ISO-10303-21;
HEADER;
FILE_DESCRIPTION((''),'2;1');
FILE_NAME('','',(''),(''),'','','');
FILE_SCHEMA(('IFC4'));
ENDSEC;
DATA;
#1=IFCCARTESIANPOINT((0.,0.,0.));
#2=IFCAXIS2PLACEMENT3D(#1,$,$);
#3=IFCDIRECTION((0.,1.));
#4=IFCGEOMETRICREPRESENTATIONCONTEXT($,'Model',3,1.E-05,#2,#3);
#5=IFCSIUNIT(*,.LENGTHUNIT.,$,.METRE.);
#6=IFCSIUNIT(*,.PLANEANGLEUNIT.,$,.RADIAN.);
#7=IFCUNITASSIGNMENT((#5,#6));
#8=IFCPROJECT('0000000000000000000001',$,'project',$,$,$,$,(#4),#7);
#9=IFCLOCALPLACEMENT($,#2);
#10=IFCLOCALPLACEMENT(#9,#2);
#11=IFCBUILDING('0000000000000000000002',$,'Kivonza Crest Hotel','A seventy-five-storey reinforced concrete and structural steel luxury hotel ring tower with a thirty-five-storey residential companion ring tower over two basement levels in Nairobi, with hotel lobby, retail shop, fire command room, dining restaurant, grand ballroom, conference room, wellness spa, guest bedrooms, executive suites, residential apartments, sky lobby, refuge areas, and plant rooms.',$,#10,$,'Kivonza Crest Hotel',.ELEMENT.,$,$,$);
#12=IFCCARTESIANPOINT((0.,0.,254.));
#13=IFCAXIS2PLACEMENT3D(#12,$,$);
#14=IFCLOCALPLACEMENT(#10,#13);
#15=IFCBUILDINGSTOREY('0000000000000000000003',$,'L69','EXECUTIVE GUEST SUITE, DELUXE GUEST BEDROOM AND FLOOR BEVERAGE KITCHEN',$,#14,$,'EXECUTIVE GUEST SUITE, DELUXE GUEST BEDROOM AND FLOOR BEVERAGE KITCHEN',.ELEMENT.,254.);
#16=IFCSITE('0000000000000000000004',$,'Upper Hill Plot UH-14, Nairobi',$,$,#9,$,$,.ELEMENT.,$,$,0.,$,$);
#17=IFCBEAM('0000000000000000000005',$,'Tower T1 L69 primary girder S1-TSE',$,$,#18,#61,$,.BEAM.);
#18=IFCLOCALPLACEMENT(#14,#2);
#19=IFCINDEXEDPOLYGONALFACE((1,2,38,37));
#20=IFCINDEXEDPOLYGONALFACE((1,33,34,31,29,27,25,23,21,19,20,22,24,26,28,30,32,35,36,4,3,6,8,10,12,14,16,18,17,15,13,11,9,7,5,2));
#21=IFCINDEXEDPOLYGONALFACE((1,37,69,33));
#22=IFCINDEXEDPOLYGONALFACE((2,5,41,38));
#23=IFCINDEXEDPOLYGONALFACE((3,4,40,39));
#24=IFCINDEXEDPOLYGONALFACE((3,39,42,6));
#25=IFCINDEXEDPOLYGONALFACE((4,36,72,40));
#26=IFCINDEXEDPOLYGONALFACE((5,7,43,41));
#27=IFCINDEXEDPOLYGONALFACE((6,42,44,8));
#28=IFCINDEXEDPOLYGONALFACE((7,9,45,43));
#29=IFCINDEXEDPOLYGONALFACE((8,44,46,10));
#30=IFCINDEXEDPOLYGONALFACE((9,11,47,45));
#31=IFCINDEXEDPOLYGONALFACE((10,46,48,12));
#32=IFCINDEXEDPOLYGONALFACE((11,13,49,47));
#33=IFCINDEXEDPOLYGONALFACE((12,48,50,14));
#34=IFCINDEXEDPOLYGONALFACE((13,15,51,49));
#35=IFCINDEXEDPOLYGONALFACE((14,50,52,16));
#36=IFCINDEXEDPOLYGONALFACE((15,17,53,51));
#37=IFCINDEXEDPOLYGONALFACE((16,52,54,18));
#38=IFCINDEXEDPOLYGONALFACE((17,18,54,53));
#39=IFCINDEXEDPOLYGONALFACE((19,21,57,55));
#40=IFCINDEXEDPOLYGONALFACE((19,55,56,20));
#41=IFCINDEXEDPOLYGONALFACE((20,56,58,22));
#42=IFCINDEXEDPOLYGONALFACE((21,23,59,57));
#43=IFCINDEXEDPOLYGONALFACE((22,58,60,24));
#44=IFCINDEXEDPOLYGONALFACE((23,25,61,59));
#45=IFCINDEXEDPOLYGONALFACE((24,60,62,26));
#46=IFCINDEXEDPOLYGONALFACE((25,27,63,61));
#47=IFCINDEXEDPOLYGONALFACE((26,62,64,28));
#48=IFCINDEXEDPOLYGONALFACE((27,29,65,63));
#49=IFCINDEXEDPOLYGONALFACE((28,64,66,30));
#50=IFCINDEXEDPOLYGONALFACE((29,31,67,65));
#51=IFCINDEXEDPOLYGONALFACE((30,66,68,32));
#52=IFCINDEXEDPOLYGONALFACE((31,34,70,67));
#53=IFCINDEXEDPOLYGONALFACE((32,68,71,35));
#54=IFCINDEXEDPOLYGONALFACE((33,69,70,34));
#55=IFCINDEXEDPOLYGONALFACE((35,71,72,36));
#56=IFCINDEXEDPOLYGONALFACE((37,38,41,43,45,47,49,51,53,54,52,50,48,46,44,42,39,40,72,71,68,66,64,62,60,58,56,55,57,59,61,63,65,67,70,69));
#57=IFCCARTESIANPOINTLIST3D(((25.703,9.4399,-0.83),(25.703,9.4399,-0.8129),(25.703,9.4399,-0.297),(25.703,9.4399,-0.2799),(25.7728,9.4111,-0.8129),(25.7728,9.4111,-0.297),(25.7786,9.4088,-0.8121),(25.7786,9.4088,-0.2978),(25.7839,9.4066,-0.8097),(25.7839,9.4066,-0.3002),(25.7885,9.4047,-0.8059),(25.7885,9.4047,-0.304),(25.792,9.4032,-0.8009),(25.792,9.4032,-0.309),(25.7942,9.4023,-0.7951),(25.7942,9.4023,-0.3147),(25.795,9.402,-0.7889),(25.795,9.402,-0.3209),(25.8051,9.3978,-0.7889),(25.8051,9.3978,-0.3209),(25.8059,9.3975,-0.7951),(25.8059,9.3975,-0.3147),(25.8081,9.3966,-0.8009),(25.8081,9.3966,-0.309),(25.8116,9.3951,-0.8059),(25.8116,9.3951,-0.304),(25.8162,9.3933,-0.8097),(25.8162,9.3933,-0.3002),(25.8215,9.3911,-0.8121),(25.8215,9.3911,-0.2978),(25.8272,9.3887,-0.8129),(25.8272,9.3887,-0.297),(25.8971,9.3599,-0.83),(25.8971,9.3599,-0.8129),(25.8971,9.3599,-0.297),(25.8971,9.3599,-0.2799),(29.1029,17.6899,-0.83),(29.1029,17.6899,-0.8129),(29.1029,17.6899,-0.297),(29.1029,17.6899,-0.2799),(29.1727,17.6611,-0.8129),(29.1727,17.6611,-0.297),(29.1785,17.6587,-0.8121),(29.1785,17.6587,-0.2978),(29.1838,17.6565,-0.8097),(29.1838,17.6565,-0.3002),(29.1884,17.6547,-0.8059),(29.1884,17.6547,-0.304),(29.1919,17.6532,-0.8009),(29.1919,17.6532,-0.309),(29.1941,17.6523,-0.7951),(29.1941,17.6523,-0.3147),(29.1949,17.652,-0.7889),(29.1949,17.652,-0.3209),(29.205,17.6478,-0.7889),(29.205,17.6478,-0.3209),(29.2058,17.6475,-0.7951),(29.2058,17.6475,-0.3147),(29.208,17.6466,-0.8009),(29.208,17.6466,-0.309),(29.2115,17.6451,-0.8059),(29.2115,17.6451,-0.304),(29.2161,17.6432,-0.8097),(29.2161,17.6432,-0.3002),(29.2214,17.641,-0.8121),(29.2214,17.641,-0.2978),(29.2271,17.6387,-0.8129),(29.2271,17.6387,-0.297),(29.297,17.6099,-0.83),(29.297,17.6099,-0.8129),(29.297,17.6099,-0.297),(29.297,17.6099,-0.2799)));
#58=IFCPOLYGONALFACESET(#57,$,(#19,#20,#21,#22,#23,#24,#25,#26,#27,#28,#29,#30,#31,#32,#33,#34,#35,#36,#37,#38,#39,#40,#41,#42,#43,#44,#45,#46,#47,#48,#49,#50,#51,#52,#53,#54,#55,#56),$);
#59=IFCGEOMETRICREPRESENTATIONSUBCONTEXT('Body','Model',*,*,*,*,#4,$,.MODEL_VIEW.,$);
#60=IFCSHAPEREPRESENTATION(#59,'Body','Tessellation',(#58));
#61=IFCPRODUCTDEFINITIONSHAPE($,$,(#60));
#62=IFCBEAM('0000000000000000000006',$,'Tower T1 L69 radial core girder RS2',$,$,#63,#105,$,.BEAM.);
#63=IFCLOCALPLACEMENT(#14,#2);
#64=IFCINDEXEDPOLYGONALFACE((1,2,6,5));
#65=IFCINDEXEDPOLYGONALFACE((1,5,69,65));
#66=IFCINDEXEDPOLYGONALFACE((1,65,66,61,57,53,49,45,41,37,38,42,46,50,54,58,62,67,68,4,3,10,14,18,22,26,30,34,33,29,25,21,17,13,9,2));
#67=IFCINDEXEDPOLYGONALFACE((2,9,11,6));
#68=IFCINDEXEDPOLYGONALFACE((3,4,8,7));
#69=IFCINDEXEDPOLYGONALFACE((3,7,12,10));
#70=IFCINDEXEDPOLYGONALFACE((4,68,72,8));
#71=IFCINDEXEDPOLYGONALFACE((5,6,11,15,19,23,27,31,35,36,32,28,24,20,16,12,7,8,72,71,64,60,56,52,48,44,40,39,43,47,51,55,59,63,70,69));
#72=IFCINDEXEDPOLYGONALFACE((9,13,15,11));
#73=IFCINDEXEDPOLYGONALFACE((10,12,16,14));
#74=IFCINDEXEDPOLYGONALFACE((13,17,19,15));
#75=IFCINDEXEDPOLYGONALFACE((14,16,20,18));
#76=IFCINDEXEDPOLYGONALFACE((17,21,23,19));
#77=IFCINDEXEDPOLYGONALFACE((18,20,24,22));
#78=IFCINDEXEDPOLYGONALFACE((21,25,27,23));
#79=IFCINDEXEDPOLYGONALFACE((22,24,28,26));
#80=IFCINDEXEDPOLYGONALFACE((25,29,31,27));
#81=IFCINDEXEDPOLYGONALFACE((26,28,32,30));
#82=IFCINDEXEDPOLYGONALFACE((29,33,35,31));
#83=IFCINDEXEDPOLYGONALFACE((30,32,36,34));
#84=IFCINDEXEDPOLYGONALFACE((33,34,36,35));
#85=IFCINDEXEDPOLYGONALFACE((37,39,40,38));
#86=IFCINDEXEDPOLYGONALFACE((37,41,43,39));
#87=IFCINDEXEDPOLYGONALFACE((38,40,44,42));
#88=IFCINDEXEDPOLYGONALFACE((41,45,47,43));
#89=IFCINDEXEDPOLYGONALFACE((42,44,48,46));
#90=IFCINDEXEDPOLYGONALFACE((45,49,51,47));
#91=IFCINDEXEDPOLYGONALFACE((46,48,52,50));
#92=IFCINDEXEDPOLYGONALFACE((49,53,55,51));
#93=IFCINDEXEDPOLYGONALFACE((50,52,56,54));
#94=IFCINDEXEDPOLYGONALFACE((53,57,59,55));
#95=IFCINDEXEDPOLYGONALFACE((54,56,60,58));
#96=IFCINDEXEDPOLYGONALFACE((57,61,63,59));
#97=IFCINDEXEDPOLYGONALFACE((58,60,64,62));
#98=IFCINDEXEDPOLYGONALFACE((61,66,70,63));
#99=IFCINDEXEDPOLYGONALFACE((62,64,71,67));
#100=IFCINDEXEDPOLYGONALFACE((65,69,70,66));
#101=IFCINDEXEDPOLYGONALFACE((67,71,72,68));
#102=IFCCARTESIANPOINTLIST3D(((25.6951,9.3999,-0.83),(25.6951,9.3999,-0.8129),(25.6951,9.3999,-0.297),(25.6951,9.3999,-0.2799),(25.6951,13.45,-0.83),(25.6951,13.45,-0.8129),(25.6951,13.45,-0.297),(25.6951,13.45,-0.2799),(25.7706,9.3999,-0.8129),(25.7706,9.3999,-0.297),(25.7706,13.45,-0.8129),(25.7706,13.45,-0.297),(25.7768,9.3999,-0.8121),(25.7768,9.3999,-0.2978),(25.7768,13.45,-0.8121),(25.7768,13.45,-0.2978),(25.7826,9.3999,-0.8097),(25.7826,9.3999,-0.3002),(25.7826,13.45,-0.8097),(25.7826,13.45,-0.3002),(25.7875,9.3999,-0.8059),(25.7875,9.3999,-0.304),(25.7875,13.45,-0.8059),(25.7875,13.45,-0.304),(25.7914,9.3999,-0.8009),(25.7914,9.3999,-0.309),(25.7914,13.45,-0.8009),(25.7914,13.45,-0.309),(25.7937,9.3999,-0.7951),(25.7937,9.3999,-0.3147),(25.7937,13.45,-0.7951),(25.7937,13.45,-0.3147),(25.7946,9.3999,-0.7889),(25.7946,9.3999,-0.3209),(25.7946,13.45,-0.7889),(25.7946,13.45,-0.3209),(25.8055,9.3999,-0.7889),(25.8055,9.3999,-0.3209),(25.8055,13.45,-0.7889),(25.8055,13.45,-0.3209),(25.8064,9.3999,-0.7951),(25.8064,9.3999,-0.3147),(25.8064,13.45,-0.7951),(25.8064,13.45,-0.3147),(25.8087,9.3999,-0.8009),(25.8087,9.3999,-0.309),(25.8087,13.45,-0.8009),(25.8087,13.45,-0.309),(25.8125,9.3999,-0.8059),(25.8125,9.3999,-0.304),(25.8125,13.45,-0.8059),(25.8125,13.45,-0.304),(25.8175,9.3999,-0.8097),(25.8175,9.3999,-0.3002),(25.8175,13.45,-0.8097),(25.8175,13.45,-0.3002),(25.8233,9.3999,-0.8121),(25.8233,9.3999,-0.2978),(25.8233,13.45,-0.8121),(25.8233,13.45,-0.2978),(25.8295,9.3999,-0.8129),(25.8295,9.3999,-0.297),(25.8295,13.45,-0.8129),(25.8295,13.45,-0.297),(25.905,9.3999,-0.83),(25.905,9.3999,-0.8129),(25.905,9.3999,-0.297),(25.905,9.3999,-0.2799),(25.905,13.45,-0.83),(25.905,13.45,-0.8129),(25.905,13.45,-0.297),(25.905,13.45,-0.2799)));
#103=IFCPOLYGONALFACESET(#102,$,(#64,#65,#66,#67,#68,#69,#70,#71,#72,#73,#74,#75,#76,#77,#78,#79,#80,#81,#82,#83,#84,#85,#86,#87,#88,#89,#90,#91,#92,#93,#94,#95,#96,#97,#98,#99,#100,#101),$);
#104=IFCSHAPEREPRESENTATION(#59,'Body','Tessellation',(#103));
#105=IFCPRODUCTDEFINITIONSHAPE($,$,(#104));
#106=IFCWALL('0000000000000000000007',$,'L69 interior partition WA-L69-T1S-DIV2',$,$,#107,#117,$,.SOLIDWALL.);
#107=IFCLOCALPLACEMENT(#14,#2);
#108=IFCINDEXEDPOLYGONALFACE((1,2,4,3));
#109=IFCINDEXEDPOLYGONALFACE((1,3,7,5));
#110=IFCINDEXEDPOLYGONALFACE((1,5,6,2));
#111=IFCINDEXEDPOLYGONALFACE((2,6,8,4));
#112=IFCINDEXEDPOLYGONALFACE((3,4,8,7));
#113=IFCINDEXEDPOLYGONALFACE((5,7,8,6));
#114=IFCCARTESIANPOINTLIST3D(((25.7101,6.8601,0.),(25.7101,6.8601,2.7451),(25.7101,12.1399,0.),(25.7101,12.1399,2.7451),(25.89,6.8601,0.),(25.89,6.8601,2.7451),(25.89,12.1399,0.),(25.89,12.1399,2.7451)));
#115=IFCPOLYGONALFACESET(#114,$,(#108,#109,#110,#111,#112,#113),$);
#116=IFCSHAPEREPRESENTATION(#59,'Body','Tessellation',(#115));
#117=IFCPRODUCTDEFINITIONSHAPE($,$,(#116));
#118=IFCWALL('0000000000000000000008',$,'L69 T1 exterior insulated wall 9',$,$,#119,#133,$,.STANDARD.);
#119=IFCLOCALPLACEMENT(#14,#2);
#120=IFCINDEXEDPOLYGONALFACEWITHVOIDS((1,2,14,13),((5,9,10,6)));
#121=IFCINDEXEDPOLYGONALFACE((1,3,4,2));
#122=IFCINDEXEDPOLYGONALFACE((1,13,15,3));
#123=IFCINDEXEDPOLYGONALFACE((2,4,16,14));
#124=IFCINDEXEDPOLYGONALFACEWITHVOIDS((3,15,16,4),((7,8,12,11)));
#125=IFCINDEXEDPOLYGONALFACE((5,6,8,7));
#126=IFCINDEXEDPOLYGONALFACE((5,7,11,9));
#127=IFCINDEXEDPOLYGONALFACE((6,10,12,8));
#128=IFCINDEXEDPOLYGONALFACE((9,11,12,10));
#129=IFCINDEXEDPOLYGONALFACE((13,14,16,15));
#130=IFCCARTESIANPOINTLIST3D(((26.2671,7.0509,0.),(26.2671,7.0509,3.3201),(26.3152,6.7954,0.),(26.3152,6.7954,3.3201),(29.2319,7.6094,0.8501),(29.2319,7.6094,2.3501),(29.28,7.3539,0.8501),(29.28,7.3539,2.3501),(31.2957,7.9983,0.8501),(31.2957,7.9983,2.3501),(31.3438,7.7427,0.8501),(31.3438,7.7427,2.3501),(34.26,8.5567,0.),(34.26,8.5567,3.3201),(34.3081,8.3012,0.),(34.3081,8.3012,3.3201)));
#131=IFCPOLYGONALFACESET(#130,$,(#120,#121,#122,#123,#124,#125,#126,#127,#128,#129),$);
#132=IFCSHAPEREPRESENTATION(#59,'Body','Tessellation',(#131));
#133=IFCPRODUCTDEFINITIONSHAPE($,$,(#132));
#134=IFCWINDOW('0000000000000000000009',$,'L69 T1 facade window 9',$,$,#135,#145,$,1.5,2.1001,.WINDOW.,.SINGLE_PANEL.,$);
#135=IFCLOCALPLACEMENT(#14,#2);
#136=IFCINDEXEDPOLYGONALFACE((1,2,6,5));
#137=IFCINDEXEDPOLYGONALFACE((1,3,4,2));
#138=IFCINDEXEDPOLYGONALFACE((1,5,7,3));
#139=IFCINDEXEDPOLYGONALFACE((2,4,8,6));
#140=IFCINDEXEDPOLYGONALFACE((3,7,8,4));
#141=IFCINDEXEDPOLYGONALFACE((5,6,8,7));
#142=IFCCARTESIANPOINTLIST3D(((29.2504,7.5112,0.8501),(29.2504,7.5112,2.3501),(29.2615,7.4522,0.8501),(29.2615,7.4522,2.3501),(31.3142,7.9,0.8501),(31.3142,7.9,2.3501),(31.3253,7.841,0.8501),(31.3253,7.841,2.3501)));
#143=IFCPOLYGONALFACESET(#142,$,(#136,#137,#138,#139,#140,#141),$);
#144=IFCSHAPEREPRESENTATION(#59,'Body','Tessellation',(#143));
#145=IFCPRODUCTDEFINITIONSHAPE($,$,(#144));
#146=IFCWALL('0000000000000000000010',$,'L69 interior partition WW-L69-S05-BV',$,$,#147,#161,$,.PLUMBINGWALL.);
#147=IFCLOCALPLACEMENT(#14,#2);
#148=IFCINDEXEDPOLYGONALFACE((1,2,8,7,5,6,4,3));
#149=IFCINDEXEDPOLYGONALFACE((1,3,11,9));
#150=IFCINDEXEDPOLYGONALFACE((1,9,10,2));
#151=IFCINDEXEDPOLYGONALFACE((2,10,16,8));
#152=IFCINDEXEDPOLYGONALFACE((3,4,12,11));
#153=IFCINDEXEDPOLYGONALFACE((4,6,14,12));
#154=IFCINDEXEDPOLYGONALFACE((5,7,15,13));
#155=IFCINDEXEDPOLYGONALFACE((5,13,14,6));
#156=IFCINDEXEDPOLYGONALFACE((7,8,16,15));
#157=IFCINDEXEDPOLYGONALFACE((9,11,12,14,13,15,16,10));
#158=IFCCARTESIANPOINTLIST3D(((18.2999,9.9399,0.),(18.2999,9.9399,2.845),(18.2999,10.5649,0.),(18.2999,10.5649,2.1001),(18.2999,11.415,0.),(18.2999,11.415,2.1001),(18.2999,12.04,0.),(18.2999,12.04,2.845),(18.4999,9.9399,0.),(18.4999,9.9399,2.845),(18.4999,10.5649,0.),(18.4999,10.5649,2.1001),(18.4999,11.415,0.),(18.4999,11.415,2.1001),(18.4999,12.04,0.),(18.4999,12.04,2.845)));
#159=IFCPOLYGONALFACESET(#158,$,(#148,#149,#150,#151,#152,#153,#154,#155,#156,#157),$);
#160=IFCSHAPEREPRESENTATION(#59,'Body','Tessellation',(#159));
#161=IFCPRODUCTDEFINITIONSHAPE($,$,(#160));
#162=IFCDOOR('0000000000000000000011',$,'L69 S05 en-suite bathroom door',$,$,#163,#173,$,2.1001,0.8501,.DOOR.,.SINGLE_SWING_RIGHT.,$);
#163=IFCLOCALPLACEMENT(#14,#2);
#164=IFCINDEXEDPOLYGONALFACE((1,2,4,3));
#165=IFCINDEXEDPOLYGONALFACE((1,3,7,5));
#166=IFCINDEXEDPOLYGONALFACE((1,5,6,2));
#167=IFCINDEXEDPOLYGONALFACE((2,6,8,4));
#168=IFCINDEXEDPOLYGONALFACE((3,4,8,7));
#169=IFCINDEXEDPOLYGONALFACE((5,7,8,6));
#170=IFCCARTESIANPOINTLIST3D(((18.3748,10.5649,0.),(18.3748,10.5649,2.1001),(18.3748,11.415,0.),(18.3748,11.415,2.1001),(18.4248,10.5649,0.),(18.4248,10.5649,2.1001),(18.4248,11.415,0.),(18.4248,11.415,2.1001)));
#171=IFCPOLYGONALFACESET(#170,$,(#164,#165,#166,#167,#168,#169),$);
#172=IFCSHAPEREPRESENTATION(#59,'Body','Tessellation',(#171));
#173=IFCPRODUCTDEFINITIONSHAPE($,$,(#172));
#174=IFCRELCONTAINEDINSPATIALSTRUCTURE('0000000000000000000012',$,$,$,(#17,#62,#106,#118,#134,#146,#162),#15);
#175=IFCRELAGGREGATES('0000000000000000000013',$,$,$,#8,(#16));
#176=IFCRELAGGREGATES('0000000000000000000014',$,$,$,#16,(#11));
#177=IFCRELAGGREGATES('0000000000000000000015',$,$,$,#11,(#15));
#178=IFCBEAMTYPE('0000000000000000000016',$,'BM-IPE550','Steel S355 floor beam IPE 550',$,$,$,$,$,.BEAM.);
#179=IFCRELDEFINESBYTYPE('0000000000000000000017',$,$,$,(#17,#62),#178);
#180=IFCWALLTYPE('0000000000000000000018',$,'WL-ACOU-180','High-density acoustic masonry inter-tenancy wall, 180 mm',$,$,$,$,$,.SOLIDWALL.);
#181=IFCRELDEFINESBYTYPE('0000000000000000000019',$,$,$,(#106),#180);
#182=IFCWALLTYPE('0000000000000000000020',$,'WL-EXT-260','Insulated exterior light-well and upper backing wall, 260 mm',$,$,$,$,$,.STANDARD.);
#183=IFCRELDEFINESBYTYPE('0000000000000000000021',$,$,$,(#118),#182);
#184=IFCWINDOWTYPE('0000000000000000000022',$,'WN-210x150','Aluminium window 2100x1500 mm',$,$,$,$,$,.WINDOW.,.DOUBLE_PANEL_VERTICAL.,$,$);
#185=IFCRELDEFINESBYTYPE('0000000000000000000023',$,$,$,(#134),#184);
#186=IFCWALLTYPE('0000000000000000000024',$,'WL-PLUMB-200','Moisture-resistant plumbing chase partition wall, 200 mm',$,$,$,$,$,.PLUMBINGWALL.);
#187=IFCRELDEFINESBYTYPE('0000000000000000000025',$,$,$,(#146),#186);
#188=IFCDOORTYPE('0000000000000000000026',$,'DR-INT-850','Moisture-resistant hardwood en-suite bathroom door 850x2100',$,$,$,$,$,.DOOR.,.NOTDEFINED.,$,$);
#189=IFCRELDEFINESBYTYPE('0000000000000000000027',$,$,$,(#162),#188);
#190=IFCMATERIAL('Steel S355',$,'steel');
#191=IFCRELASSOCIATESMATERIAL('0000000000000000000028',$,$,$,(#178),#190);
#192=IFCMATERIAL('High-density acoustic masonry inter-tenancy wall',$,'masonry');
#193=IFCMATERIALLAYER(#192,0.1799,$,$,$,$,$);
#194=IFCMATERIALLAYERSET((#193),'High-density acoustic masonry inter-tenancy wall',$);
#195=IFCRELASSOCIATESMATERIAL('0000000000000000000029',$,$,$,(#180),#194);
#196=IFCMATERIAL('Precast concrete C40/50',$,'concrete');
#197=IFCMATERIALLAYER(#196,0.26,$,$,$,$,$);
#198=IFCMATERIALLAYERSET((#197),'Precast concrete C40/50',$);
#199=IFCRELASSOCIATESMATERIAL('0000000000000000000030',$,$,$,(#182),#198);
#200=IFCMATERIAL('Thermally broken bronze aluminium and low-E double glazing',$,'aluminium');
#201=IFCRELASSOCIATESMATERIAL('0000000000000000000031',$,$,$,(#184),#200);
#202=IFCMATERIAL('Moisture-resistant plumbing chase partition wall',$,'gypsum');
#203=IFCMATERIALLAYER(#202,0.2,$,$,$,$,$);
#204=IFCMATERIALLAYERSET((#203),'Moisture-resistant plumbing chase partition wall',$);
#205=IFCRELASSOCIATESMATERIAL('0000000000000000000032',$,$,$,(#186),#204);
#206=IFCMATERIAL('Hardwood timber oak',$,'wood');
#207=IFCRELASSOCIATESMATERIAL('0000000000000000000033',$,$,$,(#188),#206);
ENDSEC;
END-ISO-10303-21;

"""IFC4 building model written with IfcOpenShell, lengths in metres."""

from ifc_helpers import new_model, si_unit, direction, frame, frame_2d, origin, origin_2d, place, context, subcontext, project, spatial, rectangle, i_section, extrude, material, layer, layer_set, material_profile, profile_set, type_object, element, fill, save


model = new_model("IFC4")

# Units and contexts
model_context = context("Model", 3, precision=1e-05, world=origin(), true_north=direction((0.0, 1.0)))
body_context = subcontext(model_context, "Body", "Model", "MODEL_VIEW")
ifc_project = project(units=[si_unit("LENGTHUNIT", "METRE"), si_unit("PLANEANGLEUNIT", "RADIAN")], contexts=[model_context])

# Site, building, storey
site_placement = place(None, origin())
site = spatial("IfcSite", under=ifc_project, at=site_placement, Name="Upper Hill Plot UH-14, Nairobi", CompositionType="ELEMENT", RefElevation=0.0)
building_placement = place(site_placement, origin())
building = spatial("IfcBuilding", under=site, at=building_placement, Name="Kivonza Crest Hotel", Description="A seventy-five-storey reinforced concrete and structural steel luxury hotel ring tower with a thirty-five-storey residential companion ring tower over two basement levels in Nairobi, with hotel lobby, retail shop, fire command room, dining restaurant, grand ballroom, conference room, wellness spa, guest bedrooms, executive suites, residential apartments, sky lobby, refuge areas, and plant rooms.", LongName="Kivonza Crest Hotel", CompositionType="ELEMENT")
storey_placement = place(building_placement, frame((0.0, 0.0, 254.0)))
storey = spatial("IfcBuildingStorey", under=building, at=storey_placement, Name="L69", Description="EXECUTIVE GUEST SUITE, DELUXE GUEST BEDROOM AND FLOOR BEVERAGE KITCHEN", LongName="EXECUTIVE GUEST SUITE, DELUXE GUEST BEDROOM AND FLOOR BEVERAGE KITCHEN", CompositionType="ELEMENT", Elevation=254.0)

# Beams
ifc_material_1 = material(Name="Steel S355", Category="steel")
ifc_material_profile_1 = material_profile(ifc_material_1, i_section(OverallWidth=0.21, OverallDepth=0.55, WebThickness=0.011, FlangeThickness=0.0171, FilletRadius=0.0239, at=origin_2d()), Name="IPE 550")
ifc_profile_set_1 = profile_set([ifc_material_profile_1], Name="Steel S355")
beam_type_1 = type_object("IfcBeamType", Name="BM-IPE550", Description="Steel S355 floor beam IPE 550", PredefinedType="BEAM", material=ifc_profile_set_1)
beam_1_placement = place(storey_placement, frame((25.8, 9.3999, -0.5549), z_axis=(0.381022, 0.924566, 0.0), x_axis=(-0.924566, 0.381022, 0.0)))
element("IfcBeam", 1, at=beam_1_placement, inside=storey, type_object=beam_type_1, Name="Tower T1 L69 primary girder S1-TSE", PredefinedType="BEAM", context=body_context, shape_type="SweptSolid", body=[
    extrude(i_section(OverallWidth=0.21, OverallDepth=0.55, WebThickness=0.011, FlangeThickness=0.0171, FilletRadius=0.0239, at=origin_2d()), origin(), (0.0, 0.0, 1.0), 8.9231),
])
beam_2_placement = place(storey_placement, frame((25.8, 9.3999, -0.5549), z_axis=(0.0, 1.0, 0.0), x_axis=(-1.0, 0.0, 0.0)))
element("IfcBeam", 2, at=beam_2_placement, inside=storey, type_object=beam_type_1, Name="Tower T1 L69 radial core girder RS2", PredefinedType="BEAM", context=body_context, shape_type="SweptSolid", body=[
    extrude(i_section(OverallWidth=0.21, OverallDepth=0.55, WebThickness=0.011, FlangeThickness=0.0171, FilletRadius=0.0239, at=origin_2d()), origin(), (0.0, 0.0, 1.0), 4.05),
])

# Wall
ifc_material_2 = material(Name="High-density acoustic masonry inter-tenancy wall", Category="masonry")
ifc_layer_1 = layer(ifc_material_2, 0.1799)
ifc_layer_set_1 = layer_set([ifc_layer_1], Name="High-density acoustic masonry inter-tenancy wall")
wall_type_1 = type_object("IfcWallType", Name="WL-ACOU-180", Description="High-density acoustic masonry inter-tenancy wall, 180 mm", PredefinedType="SOLIDWALL", material=ifc_layer_set_1)
wall_1_placement = place(storey_placement, frame((25.8, 6.8601, 0.0), z_axis=(0.0, 0.0, 1.0), x_axis=(0.0, 1.0, 0.0)))
element("IfcWall", 3, at=wall_1_placement, inside=storey, type_object=wall_type_1, Name="L69 interior partition WA-L69-T1S-DIV2", PredefinedType="SOLIDWALL", context=body_context, shape_type="SweptSolid", body=[
    extrude(rectangle(XDim=5.2798, YDim=0.1799, at=frame_2d((2.6399, 0.0))), origin(), (0.0, 0.0, 1.0), 2.7451),
])

# Wall, opening, window
ifc_material_3 = material(Name="Precast concrete C40/50", Category="concrete")
ifc_layer_2 = layer(ifc_material_3, 0.26)
ifc_layer_set_2 = layer_set([ifc_layer_2], Name="Precast concrete C40/50")
wall_type_2 = type_object("IfcWallType", Name="WL-EXT-260", Description="Insulated exterior light-well and upper backing wall, 260 mm", PredefinedType="STANDARD", material=ifc_layer_set_2)
wall_2_placement = place(storey_placement, frame((26.291, 6.9231, 0.0), z_axis=(0.0, 0.0, 1.0), x_axis=(0.982712, 0.185142, 0.0)))
wall_2 = element("IfcWall", 4, at=wall_2_placement, inside=storey, type_object=wall_type_2, Name="L69 T1 exterior insulated wall 9", PredefinedType="STANDARD", context=body_context, shape_type="SweptSolid", body=[
    extrude(rectangle(XDim=8.1335, YDim=0.26, at=frame_2d((4.0669, 0.0))), origin(), (0.0, 0.0, 1.0), 3.3201),
])
opening_1_placement = place(wall_2_placement, frame((3.0171, 0.0, 0.8501)))
opening_1 = element("IfcOpeningElement", 5, at=opening_1_placement, cuts=wall_2, PredefinedType="OPENING", context=body_context, shape_type="SweptSolid", body=[
    extrude(rectangle(XDim=2.1001, YDim=1.5, at=frame_2d((1.05, 0.75))), frame((0.0, 0.1401, 0.0), z_axis=(0.0, -1.0, 0.0), x_axis=(1.0, 0.0, 0.0)), (0.0, 0.0, 1.0), 0.28),
])
ifc_material_4 = material(Name="Thermally broken bronze aluminium and low-E double glazing", Category="aluminium")
window_type = type_object("IfcWindowType", Name="WN-210x150", Description="Aluminium window 2100x1500 mm", PartitioningType="DOUBLE_PANEL_VERTICAL", PredefinedType="WINDOW", material=ifc_material_4)
window_placement = place(opening_1_placement, origin())
window = element("IfcWindow", 6, at=window_placement, inside=storey, type_object=window_type, Name="L69 T1 facade window 9", OverallHeight=1.5, OverallWidth=2.1001, PartitioningType="SINGLE_PANEL", PredefinedType="WINDOW", context=body_context, shape_type="SweptSolid", body=[
    extrude(rectangle(XDim=2.1001, YDim=1.5, at=frame_2d((1.05, 0.75))), frame((0.0, 0.03, 0.0), z_axis=(0.0, -1.0, 0.0), x_axis=(1.0, 0.0, 0.0)), (0.0, 0.0, 1.0), 0.0601),
])
fill(opening_1, window)

# Wall, opening, door
ifc_material_5 = material(Name="Moisture-resistant plumbing chase partition wall", Category="gypsum")
ifc_layer_3 = layer(ifc_material_5, 0.2)
ifc_layer_set_3 = layer_set([ifc_layer_3], Name="Moisture-resistant plumbing chase partition wall")
wall_type_3 = type_object("IfcWallType", Name="WL-PLUMB-200", Description="Moisture-resistant plumbing chase partition wall, 200 mm", PredefinedType="PLUMBINGWALL", material=ifc_layer_set_3)
wall_3_placement = place(storey_placement, frame((18.3999, 9.9399, 0.0), z_axis=(0.0, 0.0, 1.0), x_axis=(0.0, 1.0, 0.0)))
wall_3 = element("IfcWall", 7, at=wall_3_placement, inside=storey, type_object=wall_type_3, Name="L69 interior partition WW-L69-S05-BV", PredefinedType="PLUMBINGWALL", context=body_context, shape_type="SweptSolid", body=[
    extrude(rectangle(XDim=2.1001, YDim=0.2, at=frame_2d((1.05, 0.0))), origin(), (0.0, 0.0, 1.0), 2.845),
])
opening_2_placement = place(wall_3_placement, frame((0.625, 0.0, 0.0)))
opening_2 = element("IfcOpeningElement", 8, at=opening_2_placement, cuts=wall_3, PredefinedType="OPENING", context=body_context, shape_type="SweptSolid", body=[
    extrude(rectangle(XDim=0.8501, YDim=2.1001, at=frame_2d((0.425, 1.05))), frame((0.0, 0.1099, 0.0), z_axis=(0.0, -1.0, 0.0), x_axis=(1.0, 0.0, 0.0)), (0.0, 0.0, 1.0), 0.22),
])
ifc_material_6 = material(Name="Hardwood timber oak", Category="wood")
door_type = type_object("IfcDoorType", Name="DR-INT-850", Description="Moisture-resistant hardwood en-suite bathroom door 850x2100", OperationType="NOTDEFINED", PredefinedType="DOOR", material=ifc_material_6)
door_placement = place(opening_2_placement, frame((0.8501, 0.0, 0.0), z_axis=(0.0, 0.0, 1.0), x_axis=(-1.0, 0.0, 0.0)))
door = element("IfcDoor", 9, at=door_placement, inside=storey, type_object=door_type, Name="L69 S05 en-suite bathroom door", OperationType="SINGLE_SWING_RIGHT", OverallHeight=2.1001, OverallWidth=0.8501, PredefinedType="DOOR", context=body_context, shape_type="SweptSolid", body=[
    extrude(rectangle(XDim=0.8501, YDim=2.1001, at=frame_2d((0.425, 1.05))), frame((0.0, 0.0249, 0.0), z_axis=(0.0, -1.0, 0.0), x_axis=(1.0, 0.0, 0.0)), (0.0, 0.0, 1.0), 0.05),
])
fill(opening_2, door)

save(model, "model.ifc")
